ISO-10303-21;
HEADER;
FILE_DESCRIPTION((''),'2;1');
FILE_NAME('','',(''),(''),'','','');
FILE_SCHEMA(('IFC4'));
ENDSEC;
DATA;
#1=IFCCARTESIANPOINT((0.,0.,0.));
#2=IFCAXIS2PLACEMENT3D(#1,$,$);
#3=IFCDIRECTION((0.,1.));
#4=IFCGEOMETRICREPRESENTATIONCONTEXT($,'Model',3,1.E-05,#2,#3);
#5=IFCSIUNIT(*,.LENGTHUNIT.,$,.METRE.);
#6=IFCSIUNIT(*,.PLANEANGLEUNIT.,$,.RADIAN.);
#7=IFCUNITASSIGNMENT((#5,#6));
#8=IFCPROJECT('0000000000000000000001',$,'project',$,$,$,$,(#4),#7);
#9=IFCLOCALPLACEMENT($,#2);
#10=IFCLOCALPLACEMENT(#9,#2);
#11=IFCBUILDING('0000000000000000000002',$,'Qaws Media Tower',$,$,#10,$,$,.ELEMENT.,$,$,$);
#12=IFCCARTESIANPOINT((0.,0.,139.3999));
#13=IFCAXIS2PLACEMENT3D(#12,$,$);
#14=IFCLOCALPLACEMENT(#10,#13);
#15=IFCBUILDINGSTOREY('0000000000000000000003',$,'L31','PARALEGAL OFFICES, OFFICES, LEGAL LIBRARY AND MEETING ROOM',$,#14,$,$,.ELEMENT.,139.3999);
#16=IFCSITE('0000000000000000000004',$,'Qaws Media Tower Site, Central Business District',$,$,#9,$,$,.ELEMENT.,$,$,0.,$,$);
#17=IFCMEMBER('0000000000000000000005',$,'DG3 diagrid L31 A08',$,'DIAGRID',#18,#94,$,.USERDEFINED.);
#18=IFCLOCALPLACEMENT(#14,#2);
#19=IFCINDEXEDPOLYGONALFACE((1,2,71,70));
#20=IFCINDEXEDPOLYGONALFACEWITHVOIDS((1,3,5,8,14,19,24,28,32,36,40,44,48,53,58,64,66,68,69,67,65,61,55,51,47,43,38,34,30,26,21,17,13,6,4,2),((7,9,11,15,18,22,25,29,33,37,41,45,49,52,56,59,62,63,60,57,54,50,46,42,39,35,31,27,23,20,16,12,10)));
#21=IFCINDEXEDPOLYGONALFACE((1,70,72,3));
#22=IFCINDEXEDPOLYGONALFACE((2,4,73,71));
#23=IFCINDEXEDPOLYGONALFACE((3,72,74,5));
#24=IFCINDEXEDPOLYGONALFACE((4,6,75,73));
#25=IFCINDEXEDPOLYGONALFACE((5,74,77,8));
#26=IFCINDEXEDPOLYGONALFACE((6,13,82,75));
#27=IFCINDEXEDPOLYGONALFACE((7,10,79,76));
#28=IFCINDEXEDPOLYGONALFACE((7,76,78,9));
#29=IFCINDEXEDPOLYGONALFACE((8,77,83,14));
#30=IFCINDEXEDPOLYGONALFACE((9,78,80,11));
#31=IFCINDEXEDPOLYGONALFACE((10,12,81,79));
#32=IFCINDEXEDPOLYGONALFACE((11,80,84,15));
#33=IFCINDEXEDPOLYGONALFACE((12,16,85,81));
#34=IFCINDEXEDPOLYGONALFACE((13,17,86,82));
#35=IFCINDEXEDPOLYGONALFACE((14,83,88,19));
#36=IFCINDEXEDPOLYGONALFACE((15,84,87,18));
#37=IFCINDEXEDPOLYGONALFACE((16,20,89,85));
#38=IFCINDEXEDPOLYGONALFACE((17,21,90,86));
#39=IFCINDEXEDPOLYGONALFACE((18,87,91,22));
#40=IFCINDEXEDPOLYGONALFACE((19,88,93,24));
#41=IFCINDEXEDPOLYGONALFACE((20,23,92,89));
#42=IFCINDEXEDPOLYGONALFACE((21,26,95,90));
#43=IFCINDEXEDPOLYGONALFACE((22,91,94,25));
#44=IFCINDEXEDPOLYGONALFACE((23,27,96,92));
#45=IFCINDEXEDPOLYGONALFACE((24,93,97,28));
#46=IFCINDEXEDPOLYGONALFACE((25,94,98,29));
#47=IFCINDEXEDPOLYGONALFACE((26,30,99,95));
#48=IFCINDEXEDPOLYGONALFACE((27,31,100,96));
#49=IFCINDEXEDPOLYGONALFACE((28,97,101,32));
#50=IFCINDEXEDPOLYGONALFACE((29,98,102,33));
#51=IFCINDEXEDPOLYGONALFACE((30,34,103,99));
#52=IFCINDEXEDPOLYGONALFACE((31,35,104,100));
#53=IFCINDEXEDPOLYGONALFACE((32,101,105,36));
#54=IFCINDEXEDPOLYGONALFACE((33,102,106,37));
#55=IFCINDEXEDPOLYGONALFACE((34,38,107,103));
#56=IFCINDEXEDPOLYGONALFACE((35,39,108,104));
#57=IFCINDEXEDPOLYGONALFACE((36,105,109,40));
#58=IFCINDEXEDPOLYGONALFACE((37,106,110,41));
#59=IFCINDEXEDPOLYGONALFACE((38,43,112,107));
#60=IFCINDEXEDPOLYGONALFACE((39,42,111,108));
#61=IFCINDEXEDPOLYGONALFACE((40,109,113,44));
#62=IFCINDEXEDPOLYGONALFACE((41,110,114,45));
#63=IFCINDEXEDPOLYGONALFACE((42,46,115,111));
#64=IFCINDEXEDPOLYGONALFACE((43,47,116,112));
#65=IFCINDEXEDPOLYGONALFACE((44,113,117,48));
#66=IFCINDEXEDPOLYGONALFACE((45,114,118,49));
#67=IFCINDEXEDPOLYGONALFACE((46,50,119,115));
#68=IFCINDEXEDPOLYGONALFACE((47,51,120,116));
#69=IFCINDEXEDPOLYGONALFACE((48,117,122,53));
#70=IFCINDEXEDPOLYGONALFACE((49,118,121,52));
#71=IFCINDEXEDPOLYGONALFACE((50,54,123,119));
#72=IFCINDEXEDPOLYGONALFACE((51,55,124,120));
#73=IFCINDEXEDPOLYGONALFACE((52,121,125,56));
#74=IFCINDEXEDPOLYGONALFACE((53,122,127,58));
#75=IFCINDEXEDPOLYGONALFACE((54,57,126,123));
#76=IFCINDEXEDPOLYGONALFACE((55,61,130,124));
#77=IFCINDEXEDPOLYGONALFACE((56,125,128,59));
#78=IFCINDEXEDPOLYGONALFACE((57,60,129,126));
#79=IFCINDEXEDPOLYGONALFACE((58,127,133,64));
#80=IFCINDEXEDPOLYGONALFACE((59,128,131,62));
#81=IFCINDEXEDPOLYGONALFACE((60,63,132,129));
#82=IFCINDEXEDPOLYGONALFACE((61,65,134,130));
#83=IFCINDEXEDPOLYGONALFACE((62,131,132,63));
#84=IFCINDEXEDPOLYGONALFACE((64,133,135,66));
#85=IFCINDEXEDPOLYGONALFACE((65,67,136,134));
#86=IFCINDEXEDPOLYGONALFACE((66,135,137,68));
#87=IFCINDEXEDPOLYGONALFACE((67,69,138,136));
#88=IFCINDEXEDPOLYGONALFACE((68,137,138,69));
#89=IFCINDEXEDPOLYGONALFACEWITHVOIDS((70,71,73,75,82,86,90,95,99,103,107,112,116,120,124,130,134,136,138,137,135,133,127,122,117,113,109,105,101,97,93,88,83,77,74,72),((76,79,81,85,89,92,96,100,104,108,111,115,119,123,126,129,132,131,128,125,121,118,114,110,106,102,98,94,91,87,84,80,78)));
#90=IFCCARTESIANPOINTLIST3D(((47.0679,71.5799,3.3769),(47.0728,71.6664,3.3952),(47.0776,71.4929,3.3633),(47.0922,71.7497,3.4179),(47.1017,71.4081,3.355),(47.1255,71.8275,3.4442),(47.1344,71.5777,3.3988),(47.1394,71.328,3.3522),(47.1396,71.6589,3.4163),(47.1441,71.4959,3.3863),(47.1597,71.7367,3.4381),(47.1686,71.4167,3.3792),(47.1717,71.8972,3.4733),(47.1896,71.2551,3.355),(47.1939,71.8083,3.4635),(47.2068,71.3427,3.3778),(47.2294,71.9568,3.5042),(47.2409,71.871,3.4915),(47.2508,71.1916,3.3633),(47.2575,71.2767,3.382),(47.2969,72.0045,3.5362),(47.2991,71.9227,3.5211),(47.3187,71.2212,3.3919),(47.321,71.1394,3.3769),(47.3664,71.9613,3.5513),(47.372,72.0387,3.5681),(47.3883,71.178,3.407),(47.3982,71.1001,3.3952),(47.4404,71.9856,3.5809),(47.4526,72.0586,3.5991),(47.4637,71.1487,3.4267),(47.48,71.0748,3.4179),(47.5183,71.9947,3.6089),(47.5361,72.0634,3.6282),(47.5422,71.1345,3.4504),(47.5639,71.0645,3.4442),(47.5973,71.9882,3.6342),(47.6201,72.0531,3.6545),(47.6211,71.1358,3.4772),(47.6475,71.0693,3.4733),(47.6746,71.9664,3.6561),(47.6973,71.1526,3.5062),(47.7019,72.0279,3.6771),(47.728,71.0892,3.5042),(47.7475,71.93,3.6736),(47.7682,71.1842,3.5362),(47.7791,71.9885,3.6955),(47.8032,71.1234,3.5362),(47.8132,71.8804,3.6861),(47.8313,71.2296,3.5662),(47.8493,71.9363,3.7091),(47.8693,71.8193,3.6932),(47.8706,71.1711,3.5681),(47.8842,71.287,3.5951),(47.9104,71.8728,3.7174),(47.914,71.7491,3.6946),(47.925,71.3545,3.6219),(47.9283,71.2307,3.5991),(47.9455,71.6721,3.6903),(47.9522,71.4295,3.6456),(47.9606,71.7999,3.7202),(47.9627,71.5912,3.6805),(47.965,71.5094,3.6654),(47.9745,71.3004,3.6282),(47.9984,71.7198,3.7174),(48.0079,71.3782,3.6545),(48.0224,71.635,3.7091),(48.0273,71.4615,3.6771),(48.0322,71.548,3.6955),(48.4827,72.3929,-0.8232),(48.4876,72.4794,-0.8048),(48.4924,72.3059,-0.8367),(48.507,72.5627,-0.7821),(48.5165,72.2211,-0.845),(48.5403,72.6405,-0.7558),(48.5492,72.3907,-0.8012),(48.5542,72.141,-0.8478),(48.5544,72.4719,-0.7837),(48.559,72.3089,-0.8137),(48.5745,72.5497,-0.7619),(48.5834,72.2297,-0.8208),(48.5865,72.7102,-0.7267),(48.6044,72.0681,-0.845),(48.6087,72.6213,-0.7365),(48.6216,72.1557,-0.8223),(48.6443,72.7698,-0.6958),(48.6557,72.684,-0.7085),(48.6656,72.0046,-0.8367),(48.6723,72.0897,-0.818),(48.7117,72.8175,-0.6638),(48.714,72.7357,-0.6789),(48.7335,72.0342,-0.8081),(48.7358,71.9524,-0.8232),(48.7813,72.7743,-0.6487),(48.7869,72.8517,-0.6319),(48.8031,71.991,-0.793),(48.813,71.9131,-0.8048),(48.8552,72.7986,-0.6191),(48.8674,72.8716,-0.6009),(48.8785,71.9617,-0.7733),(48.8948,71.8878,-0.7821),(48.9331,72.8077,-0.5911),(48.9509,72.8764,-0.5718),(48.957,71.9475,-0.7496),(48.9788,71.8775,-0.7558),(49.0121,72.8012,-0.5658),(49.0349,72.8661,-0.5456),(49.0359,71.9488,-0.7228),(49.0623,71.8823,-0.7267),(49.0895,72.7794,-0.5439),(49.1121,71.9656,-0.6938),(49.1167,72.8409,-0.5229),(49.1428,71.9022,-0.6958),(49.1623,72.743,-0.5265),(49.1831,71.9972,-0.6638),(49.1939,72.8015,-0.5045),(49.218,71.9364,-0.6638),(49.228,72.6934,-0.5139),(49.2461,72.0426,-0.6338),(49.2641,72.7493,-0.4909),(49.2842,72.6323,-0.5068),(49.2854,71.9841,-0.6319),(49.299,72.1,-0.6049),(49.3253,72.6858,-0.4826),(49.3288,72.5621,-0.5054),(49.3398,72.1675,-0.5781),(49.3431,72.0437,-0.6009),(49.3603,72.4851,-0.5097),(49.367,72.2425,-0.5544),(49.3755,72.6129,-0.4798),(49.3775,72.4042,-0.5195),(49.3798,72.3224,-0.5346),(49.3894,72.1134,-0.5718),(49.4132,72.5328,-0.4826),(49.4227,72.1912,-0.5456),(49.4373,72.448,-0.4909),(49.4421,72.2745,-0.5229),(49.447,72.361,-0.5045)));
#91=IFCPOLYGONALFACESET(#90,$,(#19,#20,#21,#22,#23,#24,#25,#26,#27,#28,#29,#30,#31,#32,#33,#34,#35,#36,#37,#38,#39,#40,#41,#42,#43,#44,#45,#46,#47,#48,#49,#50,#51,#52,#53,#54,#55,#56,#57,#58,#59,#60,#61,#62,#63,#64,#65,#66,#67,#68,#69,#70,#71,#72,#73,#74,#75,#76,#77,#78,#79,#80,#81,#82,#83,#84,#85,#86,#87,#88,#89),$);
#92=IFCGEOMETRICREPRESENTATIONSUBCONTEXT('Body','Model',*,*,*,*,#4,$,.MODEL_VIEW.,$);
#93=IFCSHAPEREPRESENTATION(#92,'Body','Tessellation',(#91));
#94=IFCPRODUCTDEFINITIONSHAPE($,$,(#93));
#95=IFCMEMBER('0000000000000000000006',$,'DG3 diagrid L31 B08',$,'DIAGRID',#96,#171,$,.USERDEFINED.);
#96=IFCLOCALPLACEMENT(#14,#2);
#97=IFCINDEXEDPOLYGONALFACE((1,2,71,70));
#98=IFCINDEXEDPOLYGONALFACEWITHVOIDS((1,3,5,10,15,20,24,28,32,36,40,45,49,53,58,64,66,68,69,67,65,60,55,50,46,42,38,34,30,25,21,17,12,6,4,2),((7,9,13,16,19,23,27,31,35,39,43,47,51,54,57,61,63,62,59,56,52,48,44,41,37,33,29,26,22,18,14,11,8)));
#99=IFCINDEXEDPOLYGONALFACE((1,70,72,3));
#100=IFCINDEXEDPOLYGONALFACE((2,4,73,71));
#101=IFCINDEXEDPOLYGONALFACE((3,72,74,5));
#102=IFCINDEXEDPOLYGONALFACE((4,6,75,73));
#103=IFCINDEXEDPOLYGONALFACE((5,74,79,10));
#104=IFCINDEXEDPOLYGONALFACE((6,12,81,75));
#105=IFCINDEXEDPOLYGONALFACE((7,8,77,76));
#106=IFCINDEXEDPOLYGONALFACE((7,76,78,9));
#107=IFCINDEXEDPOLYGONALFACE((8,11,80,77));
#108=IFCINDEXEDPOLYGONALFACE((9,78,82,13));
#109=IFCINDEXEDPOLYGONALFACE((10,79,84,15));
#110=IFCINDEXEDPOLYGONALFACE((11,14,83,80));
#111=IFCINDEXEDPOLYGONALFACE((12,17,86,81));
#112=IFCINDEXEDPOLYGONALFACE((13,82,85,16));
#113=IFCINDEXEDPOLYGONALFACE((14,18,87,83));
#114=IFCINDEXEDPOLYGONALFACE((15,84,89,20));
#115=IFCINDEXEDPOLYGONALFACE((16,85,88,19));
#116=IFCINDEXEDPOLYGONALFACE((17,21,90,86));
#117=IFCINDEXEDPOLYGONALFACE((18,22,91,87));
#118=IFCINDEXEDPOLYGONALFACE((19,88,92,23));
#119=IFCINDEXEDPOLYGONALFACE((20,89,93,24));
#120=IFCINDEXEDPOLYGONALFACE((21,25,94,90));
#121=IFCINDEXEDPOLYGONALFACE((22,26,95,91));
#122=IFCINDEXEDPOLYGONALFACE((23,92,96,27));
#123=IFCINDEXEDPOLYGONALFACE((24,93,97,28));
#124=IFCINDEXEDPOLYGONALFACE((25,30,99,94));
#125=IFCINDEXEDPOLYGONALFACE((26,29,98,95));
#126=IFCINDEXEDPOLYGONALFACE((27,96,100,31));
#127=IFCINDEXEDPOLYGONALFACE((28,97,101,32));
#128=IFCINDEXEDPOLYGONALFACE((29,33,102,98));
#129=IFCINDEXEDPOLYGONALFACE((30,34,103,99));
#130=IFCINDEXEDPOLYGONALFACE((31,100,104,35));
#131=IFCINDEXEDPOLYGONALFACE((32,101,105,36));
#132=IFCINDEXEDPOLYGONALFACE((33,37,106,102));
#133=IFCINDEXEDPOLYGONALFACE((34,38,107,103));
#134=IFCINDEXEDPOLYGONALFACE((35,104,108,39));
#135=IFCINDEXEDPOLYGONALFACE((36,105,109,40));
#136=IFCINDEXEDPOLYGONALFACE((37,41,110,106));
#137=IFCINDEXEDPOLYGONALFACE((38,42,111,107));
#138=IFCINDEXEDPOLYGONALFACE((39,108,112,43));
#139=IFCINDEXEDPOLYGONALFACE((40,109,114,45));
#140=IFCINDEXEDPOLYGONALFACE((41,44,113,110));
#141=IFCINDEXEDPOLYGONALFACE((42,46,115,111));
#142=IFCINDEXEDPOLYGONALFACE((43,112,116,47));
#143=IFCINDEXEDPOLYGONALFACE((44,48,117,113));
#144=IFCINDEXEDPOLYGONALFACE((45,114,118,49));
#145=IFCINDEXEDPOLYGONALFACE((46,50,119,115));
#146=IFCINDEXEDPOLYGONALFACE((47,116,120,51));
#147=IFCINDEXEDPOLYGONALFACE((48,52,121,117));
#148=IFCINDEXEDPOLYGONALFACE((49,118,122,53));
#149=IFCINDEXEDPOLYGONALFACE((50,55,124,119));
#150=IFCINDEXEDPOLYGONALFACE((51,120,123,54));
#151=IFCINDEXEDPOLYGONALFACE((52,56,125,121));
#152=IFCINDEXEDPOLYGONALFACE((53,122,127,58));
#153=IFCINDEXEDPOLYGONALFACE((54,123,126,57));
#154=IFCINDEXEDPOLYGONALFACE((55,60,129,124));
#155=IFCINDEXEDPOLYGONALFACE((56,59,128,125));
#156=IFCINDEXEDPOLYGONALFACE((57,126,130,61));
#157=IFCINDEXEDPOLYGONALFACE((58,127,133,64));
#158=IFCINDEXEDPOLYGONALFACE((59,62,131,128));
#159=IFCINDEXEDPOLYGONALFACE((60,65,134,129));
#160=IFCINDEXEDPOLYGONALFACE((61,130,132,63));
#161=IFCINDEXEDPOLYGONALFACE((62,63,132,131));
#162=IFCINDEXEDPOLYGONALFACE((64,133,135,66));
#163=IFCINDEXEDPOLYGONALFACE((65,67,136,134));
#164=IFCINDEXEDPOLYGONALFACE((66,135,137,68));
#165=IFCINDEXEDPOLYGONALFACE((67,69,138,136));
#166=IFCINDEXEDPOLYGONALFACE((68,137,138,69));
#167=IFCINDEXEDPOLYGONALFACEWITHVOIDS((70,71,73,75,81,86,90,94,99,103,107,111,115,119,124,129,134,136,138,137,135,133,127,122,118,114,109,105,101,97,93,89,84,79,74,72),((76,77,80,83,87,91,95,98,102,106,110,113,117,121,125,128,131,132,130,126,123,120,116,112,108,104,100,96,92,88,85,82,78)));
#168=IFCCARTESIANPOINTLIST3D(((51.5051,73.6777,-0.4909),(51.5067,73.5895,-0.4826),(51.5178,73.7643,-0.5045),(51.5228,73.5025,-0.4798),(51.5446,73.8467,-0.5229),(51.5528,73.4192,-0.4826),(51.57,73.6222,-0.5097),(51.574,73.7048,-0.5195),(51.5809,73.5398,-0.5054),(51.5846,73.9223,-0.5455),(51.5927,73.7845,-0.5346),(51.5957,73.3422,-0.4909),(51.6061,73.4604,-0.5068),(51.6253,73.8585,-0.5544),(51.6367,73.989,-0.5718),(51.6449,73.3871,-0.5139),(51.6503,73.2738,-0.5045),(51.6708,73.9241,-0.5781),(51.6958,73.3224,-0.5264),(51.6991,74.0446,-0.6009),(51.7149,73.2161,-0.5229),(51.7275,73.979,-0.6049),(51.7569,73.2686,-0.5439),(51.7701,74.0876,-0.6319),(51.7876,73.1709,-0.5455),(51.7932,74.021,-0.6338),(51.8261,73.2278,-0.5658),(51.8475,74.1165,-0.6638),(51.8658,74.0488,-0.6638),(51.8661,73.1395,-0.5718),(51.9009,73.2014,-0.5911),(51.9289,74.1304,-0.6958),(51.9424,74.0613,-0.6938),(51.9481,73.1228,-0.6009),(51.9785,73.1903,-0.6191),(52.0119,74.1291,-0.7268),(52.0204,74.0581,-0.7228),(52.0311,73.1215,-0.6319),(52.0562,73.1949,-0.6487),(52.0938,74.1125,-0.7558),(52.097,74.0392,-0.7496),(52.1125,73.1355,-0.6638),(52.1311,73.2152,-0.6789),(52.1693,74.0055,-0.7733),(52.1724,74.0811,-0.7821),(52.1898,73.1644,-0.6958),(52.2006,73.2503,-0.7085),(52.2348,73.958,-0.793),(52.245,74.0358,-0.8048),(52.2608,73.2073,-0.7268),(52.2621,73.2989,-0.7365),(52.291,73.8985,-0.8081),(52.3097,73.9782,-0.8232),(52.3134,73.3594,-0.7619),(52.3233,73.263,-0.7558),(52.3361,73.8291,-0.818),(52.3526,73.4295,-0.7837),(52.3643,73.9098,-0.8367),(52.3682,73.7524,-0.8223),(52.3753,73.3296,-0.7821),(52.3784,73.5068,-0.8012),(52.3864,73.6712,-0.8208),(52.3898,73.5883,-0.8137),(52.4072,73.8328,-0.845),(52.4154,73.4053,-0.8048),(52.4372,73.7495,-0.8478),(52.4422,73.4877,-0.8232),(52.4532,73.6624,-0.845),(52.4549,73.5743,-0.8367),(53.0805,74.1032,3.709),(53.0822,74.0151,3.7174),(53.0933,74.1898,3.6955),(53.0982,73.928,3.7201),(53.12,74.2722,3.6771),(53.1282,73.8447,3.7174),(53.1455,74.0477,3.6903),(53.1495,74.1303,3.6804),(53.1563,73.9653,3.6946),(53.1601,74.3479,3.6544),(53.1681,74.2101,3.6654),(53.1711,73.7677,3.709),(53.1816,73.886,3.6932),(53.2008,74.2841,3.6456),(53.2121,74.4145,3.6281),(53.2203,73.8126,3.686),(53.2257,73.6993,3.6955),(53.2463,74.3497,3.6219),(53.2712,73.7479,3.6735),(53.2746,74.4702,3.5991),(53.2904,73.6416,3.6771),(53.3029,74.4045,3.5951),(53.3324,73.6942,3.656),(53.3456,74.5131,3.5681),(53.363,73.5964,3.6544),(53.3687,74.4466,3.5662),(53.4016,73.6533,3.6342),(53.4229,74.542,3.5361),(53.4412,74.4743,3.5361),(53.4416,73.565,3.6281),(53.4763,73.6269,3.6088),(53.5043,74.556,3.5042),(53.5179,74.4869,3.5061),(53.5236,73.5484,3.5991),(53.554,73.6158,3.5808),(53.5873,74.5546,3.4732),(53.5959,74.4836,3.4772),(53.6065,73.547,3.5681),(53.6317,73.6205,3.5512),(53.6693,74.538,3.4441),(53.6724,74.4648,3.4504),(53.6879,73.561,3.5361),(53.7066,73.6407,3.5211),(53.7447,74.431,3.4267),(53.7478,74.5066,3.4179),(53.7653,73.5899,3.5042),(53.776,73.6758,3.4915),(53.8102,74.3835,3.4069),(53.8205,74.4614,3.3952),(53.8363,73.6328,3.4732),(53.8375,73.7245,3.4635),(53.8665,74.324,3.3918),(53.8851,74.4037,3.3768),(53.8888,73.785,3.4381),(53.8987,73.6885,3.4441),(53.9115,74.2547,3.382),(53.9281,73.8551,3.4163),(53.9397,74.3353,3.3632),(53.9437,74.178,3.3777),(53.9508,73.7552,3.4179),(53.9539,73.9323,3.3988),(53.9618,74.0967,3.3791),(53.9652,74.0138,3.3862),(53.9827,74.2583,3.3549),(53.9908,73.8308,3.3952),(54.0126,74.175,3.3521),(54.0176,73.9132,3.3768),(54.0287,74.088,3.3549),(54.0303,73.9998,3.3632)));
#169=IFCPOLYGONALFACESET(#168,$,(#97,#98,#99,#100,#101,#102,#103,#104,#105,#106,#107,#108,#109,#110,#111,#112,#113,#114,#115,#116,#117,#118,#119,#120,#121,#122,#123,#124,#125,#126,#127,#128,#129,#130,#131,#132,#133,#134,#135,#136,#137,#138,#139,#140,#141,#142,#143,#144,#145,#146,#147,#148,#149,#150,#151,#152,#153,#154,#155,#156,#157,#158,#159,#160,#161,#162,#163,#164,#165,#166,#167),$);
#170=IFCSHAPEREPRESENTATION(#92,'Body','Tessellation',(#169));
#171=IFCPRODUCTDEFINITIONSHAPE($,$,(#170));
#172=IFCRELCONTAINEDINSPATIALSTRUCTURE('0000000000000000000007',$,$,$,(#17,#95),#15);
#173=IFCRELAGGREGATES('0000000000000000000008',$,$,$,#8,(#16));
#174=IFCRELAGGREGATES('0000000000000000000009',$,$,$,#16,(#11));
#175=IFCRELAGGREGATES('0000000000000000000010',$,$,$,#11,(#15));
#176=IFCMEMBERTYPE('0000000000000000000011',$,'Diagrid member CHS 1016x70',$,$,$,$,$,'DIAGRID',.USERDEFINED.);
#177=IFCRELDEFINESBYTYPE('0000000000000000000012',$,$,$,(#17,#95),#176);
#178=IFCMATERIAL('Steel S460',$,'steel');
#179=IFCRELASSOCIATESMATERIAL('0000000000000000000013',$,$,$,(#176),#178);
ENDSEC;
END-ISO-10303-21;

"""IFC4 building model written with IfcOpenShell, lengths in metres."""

from ifc_helpers import new_model, si_unit, direction, frame, origin, origin_2d, place, context, subcontext, project, spatial, hollow_circle, extrude, material, material_profile, profile_set, type_object, element, save


model = new_model("IFC4")

# Units and contexts
model_context = context("Model", 3, precision=1e-05, world=origin(), true_north=direction((0.0, 1.0)))
body_context = subcontext(model_context, "Body", "Model", "MODEL_VIEW")
ifc_project = project(units=[si_unit("LENGTHUNIT", "METRE"), si_unit("PLANEANGLEUNIT", "RADIAN")], contexts=[model_context])

# Site, building, storey
site_placement = place(None, origin())
site = spatial("IfcSite", under=ifc_project, at=site_placement, Name="Qaws Media Tower Site, Central Business District", CompositionType="ELEMENT", RefElevation=0.0)
building_placement = place(site_placement, origin())
building = spatial("IfcBuilding", under=site, at=building_placement, Name="Qaws Media Tower", CompositionType="ELEMENT")
storey_placement = place(building_placement, frame((0.0, 0.0, 139.3999)))
storey = spatial("IfcBuildingStorey", under=building, at=storey_placement, Name="L31", Description="PARALEGAL OFFICES, OFFICES, LEGAL LIBRARY AND MEETING ROOM", CompositionType="ELEMENT", Elevation=139.3999)

# Members
ifc_material_1 = material(Name="Steel S460", Category="steel")
ifc_material_profile_1 = material_profile(ifc_material_1, hollow_circle(Radius=0.5081, WallThickness=0.0701, at=origin_2d()), Name="CHS 1016x70")
ifc_profile_set_1 = profile_set([ifc_material_profile_1], Name="Steel S460")
member_type_1 = type_object("IfcMemberType", Name="Diagrid member CHS 1016x70", ElementType="DIAGRID", PredefinedType="USERDEFINED", material=ifc_profile_set_1)
for number, where, z_axis, x_axis, name in (
    (1, (48.9648, 72.377, -0.6638), (-0.313995, -0.180432, 0.932122), (0.498232, -0.867044, 0.0), "DG3 diagrid L31 A08"),
    (2, (51.98, 73.626, -0.6638), (0.349643, 0.094441, 0.932111), (-0.260762, 0.965403, 0.0), "DG3 diagrid L31 B08"),
):
    element("IfcMember", number, at=place(storey_placement, frame(where, z_axis=z_axis, x_axis=x_axis)), inside=storey, type_object=member_type_1, Name=name, ObjectType="DIAGRID", PredefinedType="USERDEFINED", context=body_context, shape_type="SweptSolid", body=[
        extrude(hollow_circle(Radius=0.5081, WallThickness=0.0701, at=origin_2d()), origin(), (0.0, 0.0, 1.0), 4.5059),
    ])

save(model, "model.ifc")
